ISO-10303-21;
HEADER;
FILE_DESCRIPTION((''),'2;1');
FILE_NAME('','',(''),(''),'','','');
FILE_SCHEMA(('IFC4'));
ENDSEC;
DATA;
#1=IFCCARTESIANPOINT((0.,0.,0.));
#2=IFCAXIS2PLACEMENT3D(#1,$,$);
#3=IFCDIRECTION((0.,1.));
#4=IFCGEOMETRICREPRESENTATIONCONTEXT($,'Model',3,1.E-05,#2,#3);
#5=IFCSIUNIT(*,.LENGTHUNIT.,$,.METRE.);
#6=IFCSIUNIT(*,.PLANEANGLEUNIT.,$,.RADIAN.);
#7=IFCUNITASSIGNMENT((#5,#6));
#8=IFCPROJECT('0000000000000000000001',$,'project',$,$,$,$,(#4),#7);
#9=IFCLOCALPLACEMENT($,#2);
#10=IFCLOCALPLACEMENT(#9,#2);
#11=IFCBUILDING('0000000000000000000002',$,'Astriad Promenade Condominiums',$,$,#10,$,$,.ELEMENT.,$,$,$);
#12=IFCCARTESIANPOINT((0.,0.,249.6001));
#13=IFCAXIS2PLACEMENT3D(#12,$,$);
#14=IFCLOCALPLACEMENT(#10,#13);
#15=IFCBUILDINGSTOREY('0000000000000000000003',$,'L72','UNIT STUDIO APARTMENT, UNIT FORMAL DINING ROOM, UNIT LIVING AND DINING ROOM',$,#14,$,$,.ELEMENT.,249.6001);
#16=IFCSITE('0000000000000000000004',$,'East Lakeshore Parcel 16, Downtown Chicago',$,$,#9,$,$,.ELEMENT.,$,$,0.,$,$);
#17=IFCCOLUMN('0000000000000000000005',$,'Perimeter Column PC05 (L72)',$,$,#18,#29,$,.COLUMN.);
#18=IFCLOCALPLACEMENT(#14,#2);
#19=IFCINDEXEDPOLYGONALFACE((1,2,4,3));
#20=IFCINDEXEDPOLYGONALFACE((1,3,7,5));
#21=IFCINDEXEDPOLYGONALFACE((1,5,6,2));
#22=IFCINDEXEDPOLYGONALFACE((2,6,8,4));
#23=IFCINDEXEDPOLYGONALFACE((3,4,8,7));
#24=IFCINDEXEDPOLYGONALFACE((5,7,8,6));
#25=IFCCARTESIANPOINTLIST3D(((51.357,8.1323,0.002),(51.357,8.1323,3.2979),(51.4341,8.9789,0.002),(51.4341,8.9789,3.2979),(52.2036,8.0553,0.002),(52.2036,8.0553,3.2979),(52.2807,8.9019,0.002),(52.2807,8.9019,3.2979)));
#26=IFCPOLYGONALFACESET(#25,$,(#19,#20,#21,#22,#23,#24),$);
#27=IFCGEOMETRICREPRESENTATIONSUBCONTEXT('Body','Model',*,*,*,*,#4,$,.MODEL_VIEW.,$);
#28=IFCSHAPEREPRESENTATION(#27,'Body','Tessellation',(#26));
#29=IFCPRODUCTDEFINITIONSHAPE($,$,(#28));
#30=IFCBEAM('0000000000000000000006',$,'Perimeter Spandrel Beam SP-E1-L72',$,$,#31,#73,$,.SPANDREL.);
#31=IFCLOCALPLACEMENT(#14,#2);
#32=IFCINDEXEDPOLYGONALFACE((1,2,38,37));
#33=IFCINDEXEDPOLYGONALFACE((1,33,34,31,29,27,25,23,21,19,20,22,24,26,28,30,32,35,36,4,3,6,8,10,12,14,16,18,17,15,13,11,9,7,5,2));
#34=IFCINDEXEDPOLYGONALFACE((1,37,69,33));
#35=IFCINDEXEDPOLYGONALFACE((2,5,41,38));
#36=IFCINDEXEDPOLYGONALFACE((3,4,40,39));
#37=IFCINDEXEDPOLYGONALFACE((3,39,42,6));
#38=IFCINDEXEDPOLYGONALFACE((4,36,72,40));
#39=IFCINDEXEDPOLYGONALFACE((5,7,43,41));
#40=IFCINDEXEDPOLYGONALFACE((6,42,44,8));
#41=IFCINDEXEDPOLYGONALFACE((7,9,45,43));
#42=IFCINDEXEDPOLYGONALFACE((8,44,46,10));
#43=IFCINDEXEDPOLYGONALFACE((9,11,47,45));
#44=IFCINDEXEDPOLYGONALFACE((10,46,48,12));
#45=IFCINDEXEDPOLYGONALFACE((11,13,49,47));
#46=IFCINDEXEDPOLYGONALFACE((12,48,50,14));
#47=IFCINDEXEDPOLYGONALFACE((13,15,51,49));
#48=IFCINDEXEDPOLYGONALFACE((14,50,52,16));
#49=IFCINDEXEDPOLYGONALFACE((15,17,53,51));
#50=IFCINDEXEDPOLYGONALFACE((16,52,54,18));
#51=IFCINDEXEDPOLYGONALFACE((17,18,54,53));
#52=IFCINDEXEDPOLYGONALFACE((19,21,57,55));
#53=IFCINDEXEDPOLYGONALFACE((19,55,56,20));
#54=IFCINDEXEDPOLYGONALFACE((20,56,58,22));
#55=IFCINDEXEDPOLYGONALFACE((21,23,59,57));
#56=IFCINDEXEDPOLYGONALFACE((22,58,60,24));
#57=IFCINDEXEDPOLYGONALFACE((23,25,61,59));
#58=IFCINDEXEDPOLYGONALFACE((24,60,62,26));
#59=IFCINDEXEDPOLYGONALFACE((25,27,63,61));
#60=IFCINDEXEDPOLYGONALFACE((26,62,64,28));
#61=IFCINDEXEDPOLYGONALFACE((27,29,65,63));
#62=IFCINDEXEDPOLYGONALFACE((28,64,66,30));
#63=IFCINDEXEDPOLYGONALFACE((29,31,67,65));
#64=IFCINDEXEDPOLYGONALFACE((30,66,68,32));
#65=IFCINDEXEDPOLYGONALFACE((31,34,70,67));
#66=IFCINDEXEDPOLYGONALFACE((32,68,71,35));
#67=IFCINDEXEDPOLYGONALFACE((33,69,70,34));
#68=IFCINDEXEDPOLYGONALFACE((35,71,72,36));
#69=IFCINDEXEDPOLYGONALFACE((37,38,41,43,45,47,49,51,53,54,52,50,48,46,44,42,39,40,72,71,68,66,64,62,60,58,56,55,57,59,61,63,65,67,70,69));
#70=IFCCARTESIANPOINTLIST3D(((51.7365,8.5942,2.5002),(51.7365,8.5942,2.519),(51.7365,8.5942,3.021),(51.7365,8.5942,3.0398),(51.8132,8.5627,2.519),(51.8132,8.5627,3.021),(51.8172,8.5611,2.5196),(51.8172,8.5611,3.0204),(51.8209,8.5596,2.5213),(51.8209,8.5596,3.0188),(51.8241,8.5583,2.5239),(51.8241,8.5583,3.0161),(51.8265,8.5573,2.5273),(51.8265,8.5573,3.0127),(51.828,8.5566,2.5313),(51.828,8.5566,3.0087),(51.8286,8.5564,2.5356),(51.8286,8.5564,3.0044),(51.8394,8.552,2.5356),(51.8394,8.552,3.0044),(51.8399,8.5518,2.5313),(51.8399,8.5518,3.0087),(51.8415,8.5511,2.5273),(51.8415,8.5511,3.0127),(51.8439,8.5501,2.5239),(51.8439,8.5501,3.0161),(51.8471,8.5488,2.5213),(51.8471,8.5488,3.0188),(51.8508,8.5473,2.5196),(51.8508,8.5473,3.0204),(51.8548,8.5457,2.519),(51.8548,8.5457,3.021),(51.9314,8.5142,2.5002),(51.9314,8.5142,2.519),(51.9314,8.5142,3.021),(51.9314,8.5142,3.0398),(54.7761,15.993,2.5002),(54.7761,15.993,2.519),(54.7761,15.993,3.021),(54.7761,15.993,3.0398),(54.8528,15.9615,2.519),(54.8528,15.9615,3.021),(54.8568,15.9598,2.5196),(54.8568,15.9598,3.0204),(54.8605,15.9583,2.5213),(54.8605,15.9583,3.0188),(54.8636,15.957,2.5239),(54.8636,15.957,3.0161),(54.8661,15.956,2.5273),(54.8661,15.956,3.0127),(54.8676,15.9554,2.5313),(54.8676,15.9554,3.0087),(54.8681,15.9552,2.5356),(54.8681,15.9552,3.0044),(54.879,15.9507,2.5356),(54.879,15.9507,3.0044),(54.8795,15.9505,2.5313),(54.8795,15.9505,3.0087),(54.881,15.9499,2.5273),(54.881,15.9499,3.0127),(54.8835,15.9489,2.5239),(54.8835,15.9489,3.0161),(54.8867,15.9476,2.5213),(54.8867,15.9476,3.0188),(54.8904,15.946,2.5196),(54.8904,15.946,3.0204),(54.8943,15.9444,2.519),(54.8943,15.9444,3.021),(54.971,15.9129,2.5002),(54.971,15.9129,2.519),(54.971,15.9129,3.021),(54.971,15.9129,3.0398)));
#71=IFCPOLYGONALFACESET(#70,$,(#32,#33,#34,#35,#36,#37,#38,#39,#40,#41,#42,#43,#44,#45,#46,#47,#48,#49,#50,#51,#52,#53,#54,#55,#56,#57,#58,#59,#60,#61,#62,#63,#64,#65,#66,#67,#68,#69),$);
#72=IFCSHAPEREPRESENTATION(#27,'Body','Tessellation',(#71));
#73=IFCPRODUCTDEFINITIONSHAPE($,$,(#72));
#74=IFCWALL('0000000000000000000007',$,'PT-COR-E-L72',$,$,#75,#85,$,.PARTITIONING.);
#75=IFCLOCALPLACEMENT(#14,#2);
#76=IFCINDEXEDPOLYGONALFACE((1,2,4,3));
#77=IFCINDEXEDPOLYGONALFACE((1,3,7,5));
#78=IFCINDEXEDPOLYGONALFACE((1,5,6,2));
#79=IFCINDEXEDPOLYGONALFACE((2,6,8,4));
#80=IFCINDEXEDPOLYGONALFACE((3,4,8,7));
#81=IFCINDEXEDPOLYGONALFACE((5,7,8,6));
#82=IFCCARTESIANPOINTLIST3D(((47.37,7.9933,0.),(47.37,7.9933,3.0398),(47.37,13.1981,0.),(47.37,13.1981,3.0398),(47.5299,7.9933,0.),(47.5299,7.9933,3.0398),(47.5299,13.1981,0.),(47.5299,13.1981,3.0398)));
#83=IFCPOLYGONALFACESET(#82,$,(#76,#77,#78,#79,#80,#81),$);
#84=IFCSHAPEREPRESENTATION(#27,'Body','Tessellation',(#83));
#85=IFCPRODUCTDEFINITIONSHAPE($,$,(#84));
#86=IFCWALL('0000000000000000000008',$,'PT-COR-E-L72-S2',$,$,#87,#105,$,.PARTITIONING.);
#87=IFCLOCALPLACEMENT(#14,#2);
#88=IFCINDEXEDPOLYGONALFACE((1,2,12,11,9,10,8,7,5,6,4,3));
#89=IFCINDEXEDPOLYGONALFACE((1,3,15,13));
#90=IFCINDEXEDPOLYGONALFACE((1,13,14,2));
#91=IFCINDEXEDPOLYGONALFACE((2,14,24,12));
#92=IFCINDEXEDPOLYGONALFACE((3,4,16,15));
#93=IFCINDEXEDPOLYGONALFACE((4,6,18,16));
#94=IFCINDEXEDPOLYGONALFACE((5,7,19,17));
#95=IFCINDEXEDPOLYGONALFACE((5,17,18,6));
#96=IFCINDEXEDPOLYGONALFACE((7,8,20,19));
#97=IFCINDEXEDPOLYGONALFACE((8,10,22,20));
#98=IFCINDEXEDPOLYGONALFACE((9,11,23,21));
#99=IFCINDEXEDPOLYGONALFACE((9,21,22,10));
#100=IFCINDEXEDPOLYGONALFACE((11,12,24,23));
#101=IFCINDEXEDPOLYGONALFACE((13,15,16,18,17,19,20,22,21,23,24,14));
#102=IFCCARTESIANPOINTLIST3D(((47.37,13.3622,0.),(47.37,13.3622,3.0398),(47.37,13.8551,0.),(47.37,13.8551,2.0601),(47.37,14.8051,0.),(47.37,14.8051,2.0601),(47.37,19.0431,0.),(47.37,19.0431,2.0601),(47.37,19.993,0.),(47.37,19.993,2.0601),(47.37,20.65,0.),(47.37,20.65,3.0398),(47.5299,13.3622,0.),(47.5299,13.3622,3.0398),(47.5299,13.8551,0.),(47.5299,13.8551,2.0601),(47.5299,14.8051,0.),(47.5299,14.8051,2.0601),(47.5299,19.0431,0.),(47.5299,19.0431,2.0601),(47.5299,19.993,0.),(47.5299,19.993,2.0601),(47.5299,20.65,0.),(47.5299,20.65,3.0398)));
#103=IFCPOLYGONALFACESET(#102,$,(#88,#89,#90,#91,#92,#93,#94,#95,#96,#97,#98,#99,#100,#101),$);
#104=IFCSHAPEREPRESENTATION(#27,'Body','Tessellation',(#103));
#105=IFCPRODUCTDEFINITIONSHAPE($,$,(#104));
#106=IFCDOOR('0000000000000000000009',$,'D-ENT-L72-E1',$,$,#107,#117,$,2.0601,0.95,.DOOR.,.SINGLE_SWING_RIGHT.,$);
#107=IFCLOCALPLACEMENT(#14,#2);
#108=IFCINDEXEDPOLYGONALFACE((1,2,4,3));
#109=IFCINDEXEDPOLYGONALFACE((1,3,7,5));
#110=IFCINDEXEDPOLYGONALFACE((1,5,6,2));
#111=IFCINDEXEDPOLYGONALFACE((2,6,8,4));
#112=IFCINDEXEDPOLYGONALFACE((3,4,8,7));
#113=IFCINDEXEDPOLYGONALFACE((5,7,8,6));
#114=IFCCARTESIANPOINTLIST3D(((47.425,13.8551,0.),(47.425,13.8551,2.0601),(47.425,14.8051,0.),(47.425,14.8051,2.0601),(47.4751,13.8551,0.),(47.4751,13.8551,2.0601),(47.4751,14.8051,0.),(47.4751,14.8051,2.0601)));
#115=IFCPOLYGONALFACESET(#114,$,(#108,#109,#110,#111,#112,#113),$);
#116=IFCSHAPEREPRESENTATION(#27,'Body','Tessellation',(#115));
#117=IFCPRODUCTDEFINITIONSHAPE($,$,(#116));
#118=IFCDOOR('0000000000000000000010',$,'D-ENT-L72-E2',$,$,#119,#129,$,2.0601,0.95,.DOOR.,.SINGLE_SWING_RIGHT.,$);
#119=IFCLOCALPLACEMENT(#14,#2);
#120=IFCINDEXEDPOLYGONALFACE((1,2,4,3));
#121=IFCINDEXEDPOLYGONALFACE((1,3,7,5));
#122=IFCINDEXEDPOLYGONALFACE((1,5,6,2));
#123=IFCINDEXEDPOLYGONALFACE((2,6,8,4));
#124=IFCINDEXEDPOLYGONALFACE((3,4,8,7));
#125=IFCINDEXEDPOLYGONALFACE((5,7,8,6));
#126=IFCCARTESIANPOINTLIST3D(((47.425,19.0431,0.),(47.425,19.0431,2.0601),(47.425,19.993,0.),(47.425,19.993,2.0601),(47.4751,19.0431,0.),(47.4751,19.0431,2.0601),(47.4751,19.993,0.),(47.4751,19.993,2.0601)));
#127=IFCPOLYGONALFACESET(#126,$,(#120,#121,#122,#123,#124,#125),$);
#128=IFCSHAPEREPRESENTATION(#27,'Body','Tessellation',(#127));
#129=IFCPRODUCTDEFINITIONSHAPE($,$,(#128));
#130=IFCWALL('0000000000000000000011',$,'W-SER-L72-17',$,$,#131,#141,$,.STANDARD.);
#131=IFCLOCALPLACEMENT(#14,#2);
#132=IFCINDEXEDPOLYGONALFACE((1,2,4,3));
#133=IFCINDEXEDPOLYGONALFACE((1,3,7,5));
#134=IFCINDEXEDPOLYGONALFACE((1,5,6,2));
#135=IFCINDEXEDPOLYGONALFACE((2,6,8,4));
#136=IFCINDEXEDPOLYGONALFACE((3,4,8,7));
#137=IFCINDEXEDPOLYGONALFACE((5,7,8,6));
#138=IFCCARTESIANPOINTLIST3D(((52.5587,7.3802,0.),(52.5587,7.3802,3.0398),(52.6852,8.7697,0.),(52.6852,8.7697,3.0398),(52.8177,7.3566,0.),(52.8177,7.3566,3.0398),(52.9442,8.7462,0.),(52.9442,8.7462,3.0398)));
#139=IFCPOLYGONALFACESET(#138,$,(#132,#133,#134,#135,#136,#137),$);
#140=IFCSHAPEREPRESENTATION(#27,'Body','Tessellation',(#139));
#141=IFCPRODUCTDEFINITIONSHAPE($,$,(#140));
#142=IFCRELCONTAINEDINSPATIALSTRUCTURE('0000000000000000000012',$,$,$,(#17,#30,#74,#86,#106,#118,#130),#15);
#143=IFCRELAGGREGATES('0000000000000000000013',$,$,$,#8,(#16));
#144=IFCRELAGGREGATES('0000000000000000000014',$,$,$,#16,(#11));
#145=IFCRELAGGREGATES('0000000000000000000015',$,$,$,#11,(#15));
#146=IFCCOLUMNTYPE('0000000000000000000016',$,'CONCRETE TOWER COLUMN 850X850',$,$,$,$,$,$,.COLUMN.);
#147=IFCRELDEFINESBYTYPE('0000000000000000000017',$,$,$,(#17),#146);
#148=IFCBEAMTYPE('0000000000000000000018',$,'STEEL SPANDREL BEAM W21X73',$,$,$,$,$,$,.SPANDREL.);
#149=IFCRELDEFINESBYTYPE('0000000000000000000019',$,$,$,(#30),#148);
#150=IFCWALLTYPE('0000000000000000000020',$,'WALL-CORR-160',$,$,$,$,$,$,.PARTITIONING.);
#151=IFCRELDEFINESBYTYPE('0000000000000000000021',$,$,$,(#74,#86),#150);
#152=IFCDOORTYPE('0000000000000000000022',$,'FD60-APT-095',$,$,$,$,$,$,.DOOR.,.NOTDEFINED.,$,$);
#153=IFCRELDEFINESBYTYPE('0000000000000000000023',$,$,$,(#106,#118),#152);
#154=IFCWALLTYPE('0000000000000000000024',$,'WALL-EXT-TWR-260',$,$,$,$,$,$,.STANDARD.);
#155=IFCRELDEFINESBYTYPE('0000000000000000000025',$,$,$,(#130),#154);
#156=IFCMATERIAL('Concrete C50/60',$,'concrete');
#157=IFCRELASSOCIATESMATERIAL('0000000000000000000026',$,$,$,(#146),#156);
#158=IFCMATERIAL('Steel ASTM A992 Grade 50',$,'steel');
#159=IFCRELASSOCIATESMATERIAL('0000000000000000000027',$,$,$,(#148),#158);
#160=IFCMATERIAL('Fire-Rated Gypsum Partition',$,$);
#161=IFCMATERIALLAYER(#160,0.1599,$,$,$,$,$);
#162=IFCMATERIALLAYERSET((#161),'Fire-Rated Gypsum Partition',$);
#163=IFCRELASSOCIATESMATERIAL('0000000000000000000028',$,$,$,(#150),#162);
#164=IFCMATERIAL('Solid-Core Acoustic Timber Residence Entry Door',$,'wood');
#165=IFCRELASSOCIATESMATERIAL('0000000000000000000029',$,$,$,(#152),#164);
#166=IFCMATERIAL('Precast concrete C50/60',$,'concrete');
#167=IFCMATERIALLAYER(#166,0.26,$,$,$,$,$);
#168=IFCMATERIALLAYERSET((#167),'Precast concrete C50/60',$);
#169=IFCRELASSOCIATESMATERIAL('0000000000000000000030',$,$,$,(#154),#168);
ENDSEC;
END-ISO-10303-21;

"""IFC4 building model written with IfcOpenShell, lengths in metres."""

from ifc_helpers import new_model, si_unit, direction, frame, frame_2d, origin, origin_2d, place, context, subcontext, project, spatial, rectangle, i_section, extrude, source, transform, mapped, material, layer, layer_set, material_profile, profile_set, type_object, type_shapes, element, fill, save


model = new_model("IFC4")

# Units and contexts
model_context = context("Model", 3, precision=1e-05, world=origin(), true_north=direction((0.0, 1.0)))
body_context = subcontext(model_context, "Body", "Model", "MODEL_VIEW")
ifc_project = project(units=[si_unit("LENGTHUNIT", "METRE"), si_unit("PLANEANGLEUNIT", "RADIAN")], contexts=[model_context])

# Site, building, storey
site_placement = place(None, origin())
site = spatial("IfcSite", under=ifc_project, at=site_placement, Name="East Lakeshore Parcel 16, Downtown Chicago", CompositionType="ELEMENT", RefElevation=0.0)
building_placement = place(site_placement, origin())
building = spatial("IfcBuilding", under=site, at=building_placement, Name="Astriad Promenade Condominiums", CompositionType="ELEMENT")
storey_placement = place(building_placement, frame((0.0, 0.0, 249.6001)))
storey = spatial("IfcBuildingStorey", under=building, at=storey_placement, Name="L72", Description="UNIT STUDIO APARTMENT, UNIT FORMAL DINING ROOM, UNIT LIVING AND DINING ROOM", CompositionType="ELEMENT", Elevation=249.6001)

# Column
ifc_material_1 = material(Name="Concrete C50/60", Category="concrete")
ifc_material_profile_1 = material_profile(ifc_material_1, rectangle(XDim=0.8501, YDim=0.8501, at=origin_2d()), Name="RC-COL-850X850")
ifc_profile_set_1 = profile_set([ifc_material_profile_1], Name="Concrete C50/60")
column_type = type_object("IfcColumnType", Name="CONCRETE TOWER COLUMN 850X850", PredefinedType="COLUMN", material=ifc_profile_set_1)
shared_shape_1 = source(origin(), body_context, "Body", "SweptSolid", [
    extrude(rectangle(XDim=0.8501, YDim=0.8501, at=origin_2d()), origin(), (0.0, 0.0, 1.0), 3.2959),
])
type_shapes(column_type, [shared_shape_1])
column_placement = place(storey_placement, frame((51.8188, 8.5171, 0.002), z_axis=(0.0, 0.0, 1.0), x_axis=(0.995884, -0.090633, 0.0)))
element("IfcColumn", 1, at=column_placement, inside=storey, type_object=column_type, Name="Perimeter Column PC05 (L72)", PredefinedType="COLUMN", context=body_context, shape_type="MappedRepresentation", body=[
    mapped(shared_shape_1, transform((0.0, 0.0, 0.0), scale=1.0)),
])

# Beam
ifc_material_2 = material(Name="Steel ASTM A992 Grade 50", Category="steel")
ifc_material_profile_2 = material_profile(ifc_material_2, i_section(OverallWidth=0.2107, OverallDepth=0.5396, WebThickness=0.0117, FlangeThickness=0.0188, FilletRadius=0.0166, at=origin_2d()), Name="W21X73")
ifc_profile_set_2 = profile_set([ifc_material_profile_2], Name="Steel ASTM A992 Grade 50")
beam_type = type_object("IfcBeamType", Name="STEEL SPANDREL BEAM W21X73", PredefinedType="SPANDREL", material=ifc_profile_set_2)
shared_shape_2 = source(origin(), body_context, "Body", "SweptSolid", [
    extrude(i_section(OverallWidth=0.2107, OverallDepth=0.5396, WebThickness=0.0117, FlangeThickness=0.0188, FilletRadius=0.0166, at=origin_2d()), origin(), (0.0, 0.0, 1.0), 7.9988),
])
type_shapes(beam_type, [shared_shape_2])
beam_placement = place(storey_placement, frame((51.834, 8.5542, 2.77), z_axis=(0.380005, 0.924984, 0.0), x_axis=(-0.924984, 0.380005, 0.0)))
element("IfcBeam", 2, at=beam_placement, inside=storey, type_object=beam_type, Name="Perimeter Spandrel Beam SP-E1-L72", PredefinedType="SPANDREL", context=body_context, shape_type="MappedRepresentation", body=[
    mapped(shared_shape_2, transform((0.0, 0.0, 0.0), scale=1.0)),
])

# Wall
ifc_material_3 = material(Name="Fire-Rated Gypsum Partition")
ifc_layer_1 = layer(ifc_material_3, 0.1599)
ifc_layer_set_1 = layer_set([ifc_layer_1], Name="Fire-Rated Gypsum Partition")
wall_type_1 = type_object("IfcWallType", Name="WALL-CORR-160", PredefinedType="PARTITIONING", material=ifc_layer_set_1)
wall_1_placement = place(storey_placement, frame((47.45, 7.9932, 0.0), z_axis=(0.0, 0.0, 1.0), x_axis=(0.0, 1.0, 0.0)))
element("IfcWall", 3, at=wall_1_placement, inside=storey, type_object=wall_type_1, Name="PT-COR-E-L72", PredefinedType="PARTITIONING", context=body_context, shape_type="SweptSolid", body=[
    extrude(rectangle(XDim=5.2048, YDim=0.1599, at=frame_2d((2.6025, 0.0))), origin(), (0.0, 0.0, 1.0), 3.0398),
])

# Wall, openings, doors
wall_2_placement = place(storey_placement, frame((47.45, 13.3621, 0.0), z_axis=(0.0, 0.0, 1.0), x_axis=(0.0, 1.0, 0.0)))
wall_2 = element("IfcWall", 4, at=wall_2_placement, inside=storey, type_object=wall_type_1, Name="PT-COR-E-L72-S2", PredefinedType="PARTITIONING", context=body_context, shape_type="SweptSolid", body=[
    extrude(rectangle(XDim=7.2878, YDim=0.1599, at=frame_2d((3.644, 0.0))), origin(), (0.0, 0.0, 1.0), 3.0398),
])
opening_1_placement = place(wall_2_placement, frame((0.4929, 0.0, 0.0)))
opening_1 = element("IfcOpeningElement", 5, at=opening_1_placement, cuts=wall_2, PredefinedType="OPENING", context=body_context, shape_type="SweptSolid", body=[
    extrude(rectangle(XDim=0.95, YDim=2.0601, at=frame_2d((0.4751, 1.03))), frame((0.0, 0.0898, 0.0), z_axis=(0.0, -1.0, 0.0), x_axis=(1.0, 0.0, 0.0)), (0.0, 0.0, 1.0), 0.1799),
])
opening_2_placement = place(wall_2_placement, frame((5.6809, 0.0, 0.0)))
opening_2 = element("IfcOpeningElement", 6, at=opening_2_placement, cuts=wall_2, PredefinedType="OPENING", context=body_context, shape_type="SweptSolid", body=[
    extrude(rectangle(XDim=0.95, YDim=2.0601, at=frame_2d((0.4751, 1.03))), frame((0.0, 0.0898, 0.0), z_axis=(0.0, -1.0, 0.0), x_axis=(1.0, 0.0, 0.0)), (0.0, 0.0, 1.0), 0.1799),
])
ifc_material_4 = material(Name="Solid-Core Acoustic Timber Residence Entry Door", Category="wood")
door_type_1 = type_object("IfcDoorType", Name="FD60-APT-095", OperationType="NOTDEFINED", PredefinedType="DOOR", material=ifc_material_4)
shared_shape_3 = source(origin(), body_context, "Body", "SweptSolid", [
    extrude(rectangle(XDim=0.95, YDim=2.0601, at=frame_2d((0.4751, 1.03))), frame((0.0, 0.0249, 0.0), z_axis=(0.0, -1.0, 0.0), x_axis=(1.0, 0.0, 0.0)), (0.0, 0.0, 1.0), 0.05),
])
type_shapes(door_type_1, [shared_shape_3])
door_1_placement = place(opening_1_placement, origin())
door_1 = element("IfcDoor", 7, at=door_1_placement, inside=storey, type_object=door_type_1, Name="D-ENT-L72-E1", OperationType="SINGLE_SWING_RIGHT", OverallHeight=2.0601, OverallWidth=0.95, PredefinedType="DOOR", context=body_context, shape_type="MappedRepresentation", body=[
    mapped(shared_shape_3, transform((0.0, 0.0, 0.0), scale=1.0)),
])
fill(opening_1, door_1)
door_2_placement = place(opening_2_placement, origin())
door_2 = element("IfcDoor", 8, at=door_2_placement, inside=storey, type_object=door_type_1, Name="D-ENT-L72-E2", OperationType="SINGLE_SWING_RIGHT", OverallHeight=2.0601, OverallWidth=0.95, PredefinedType="DOOR", context=body_context, shape_type="MappedRepresentation", body=[
    mapped(shared_shape_3, transform((0.0, 0.0, 0.0), scale=1.0)),
])
fill(opening_2, door_2)

# Wall
ifc_material_5 = material(Name="Precast concrete C50/60", Category="concrete")
ifc_layer_2 = layer(ifc_material_5, 0.26)
ifc_layer_set_2 = layer_set([ifc_layer_2], Name="Precast concrete C50/60")
wall_type_2 = type_object("IfcWallType", Name="WALL-EXT-TWR-260", PredefinedType="STANDARD", material=ifc_layer_set_2)
wall_3_placement = place(storey_placement, frame((52.8147, 8.7581, 0.0), z_axis=(0.0, 0.0, 1.0), x_axis=(-0.090646, -0.995883, 0.0)))
element("IfcWall", 9, at=wall_3_placement, inside=storey, type_object=wall_type_2, Name="W-SER-L72-17", PredefinedType="STANDARD", context=body_context, shape_type="SweptSolid", body=[
    extrude(rectangle(XDim=1.3953, YDim=0.26, at=frame_2d((0.6978, 0.0))), origin(), (0.0, 0.0, 1.0), 3.0398),
])

save(model, "model.ifc")
